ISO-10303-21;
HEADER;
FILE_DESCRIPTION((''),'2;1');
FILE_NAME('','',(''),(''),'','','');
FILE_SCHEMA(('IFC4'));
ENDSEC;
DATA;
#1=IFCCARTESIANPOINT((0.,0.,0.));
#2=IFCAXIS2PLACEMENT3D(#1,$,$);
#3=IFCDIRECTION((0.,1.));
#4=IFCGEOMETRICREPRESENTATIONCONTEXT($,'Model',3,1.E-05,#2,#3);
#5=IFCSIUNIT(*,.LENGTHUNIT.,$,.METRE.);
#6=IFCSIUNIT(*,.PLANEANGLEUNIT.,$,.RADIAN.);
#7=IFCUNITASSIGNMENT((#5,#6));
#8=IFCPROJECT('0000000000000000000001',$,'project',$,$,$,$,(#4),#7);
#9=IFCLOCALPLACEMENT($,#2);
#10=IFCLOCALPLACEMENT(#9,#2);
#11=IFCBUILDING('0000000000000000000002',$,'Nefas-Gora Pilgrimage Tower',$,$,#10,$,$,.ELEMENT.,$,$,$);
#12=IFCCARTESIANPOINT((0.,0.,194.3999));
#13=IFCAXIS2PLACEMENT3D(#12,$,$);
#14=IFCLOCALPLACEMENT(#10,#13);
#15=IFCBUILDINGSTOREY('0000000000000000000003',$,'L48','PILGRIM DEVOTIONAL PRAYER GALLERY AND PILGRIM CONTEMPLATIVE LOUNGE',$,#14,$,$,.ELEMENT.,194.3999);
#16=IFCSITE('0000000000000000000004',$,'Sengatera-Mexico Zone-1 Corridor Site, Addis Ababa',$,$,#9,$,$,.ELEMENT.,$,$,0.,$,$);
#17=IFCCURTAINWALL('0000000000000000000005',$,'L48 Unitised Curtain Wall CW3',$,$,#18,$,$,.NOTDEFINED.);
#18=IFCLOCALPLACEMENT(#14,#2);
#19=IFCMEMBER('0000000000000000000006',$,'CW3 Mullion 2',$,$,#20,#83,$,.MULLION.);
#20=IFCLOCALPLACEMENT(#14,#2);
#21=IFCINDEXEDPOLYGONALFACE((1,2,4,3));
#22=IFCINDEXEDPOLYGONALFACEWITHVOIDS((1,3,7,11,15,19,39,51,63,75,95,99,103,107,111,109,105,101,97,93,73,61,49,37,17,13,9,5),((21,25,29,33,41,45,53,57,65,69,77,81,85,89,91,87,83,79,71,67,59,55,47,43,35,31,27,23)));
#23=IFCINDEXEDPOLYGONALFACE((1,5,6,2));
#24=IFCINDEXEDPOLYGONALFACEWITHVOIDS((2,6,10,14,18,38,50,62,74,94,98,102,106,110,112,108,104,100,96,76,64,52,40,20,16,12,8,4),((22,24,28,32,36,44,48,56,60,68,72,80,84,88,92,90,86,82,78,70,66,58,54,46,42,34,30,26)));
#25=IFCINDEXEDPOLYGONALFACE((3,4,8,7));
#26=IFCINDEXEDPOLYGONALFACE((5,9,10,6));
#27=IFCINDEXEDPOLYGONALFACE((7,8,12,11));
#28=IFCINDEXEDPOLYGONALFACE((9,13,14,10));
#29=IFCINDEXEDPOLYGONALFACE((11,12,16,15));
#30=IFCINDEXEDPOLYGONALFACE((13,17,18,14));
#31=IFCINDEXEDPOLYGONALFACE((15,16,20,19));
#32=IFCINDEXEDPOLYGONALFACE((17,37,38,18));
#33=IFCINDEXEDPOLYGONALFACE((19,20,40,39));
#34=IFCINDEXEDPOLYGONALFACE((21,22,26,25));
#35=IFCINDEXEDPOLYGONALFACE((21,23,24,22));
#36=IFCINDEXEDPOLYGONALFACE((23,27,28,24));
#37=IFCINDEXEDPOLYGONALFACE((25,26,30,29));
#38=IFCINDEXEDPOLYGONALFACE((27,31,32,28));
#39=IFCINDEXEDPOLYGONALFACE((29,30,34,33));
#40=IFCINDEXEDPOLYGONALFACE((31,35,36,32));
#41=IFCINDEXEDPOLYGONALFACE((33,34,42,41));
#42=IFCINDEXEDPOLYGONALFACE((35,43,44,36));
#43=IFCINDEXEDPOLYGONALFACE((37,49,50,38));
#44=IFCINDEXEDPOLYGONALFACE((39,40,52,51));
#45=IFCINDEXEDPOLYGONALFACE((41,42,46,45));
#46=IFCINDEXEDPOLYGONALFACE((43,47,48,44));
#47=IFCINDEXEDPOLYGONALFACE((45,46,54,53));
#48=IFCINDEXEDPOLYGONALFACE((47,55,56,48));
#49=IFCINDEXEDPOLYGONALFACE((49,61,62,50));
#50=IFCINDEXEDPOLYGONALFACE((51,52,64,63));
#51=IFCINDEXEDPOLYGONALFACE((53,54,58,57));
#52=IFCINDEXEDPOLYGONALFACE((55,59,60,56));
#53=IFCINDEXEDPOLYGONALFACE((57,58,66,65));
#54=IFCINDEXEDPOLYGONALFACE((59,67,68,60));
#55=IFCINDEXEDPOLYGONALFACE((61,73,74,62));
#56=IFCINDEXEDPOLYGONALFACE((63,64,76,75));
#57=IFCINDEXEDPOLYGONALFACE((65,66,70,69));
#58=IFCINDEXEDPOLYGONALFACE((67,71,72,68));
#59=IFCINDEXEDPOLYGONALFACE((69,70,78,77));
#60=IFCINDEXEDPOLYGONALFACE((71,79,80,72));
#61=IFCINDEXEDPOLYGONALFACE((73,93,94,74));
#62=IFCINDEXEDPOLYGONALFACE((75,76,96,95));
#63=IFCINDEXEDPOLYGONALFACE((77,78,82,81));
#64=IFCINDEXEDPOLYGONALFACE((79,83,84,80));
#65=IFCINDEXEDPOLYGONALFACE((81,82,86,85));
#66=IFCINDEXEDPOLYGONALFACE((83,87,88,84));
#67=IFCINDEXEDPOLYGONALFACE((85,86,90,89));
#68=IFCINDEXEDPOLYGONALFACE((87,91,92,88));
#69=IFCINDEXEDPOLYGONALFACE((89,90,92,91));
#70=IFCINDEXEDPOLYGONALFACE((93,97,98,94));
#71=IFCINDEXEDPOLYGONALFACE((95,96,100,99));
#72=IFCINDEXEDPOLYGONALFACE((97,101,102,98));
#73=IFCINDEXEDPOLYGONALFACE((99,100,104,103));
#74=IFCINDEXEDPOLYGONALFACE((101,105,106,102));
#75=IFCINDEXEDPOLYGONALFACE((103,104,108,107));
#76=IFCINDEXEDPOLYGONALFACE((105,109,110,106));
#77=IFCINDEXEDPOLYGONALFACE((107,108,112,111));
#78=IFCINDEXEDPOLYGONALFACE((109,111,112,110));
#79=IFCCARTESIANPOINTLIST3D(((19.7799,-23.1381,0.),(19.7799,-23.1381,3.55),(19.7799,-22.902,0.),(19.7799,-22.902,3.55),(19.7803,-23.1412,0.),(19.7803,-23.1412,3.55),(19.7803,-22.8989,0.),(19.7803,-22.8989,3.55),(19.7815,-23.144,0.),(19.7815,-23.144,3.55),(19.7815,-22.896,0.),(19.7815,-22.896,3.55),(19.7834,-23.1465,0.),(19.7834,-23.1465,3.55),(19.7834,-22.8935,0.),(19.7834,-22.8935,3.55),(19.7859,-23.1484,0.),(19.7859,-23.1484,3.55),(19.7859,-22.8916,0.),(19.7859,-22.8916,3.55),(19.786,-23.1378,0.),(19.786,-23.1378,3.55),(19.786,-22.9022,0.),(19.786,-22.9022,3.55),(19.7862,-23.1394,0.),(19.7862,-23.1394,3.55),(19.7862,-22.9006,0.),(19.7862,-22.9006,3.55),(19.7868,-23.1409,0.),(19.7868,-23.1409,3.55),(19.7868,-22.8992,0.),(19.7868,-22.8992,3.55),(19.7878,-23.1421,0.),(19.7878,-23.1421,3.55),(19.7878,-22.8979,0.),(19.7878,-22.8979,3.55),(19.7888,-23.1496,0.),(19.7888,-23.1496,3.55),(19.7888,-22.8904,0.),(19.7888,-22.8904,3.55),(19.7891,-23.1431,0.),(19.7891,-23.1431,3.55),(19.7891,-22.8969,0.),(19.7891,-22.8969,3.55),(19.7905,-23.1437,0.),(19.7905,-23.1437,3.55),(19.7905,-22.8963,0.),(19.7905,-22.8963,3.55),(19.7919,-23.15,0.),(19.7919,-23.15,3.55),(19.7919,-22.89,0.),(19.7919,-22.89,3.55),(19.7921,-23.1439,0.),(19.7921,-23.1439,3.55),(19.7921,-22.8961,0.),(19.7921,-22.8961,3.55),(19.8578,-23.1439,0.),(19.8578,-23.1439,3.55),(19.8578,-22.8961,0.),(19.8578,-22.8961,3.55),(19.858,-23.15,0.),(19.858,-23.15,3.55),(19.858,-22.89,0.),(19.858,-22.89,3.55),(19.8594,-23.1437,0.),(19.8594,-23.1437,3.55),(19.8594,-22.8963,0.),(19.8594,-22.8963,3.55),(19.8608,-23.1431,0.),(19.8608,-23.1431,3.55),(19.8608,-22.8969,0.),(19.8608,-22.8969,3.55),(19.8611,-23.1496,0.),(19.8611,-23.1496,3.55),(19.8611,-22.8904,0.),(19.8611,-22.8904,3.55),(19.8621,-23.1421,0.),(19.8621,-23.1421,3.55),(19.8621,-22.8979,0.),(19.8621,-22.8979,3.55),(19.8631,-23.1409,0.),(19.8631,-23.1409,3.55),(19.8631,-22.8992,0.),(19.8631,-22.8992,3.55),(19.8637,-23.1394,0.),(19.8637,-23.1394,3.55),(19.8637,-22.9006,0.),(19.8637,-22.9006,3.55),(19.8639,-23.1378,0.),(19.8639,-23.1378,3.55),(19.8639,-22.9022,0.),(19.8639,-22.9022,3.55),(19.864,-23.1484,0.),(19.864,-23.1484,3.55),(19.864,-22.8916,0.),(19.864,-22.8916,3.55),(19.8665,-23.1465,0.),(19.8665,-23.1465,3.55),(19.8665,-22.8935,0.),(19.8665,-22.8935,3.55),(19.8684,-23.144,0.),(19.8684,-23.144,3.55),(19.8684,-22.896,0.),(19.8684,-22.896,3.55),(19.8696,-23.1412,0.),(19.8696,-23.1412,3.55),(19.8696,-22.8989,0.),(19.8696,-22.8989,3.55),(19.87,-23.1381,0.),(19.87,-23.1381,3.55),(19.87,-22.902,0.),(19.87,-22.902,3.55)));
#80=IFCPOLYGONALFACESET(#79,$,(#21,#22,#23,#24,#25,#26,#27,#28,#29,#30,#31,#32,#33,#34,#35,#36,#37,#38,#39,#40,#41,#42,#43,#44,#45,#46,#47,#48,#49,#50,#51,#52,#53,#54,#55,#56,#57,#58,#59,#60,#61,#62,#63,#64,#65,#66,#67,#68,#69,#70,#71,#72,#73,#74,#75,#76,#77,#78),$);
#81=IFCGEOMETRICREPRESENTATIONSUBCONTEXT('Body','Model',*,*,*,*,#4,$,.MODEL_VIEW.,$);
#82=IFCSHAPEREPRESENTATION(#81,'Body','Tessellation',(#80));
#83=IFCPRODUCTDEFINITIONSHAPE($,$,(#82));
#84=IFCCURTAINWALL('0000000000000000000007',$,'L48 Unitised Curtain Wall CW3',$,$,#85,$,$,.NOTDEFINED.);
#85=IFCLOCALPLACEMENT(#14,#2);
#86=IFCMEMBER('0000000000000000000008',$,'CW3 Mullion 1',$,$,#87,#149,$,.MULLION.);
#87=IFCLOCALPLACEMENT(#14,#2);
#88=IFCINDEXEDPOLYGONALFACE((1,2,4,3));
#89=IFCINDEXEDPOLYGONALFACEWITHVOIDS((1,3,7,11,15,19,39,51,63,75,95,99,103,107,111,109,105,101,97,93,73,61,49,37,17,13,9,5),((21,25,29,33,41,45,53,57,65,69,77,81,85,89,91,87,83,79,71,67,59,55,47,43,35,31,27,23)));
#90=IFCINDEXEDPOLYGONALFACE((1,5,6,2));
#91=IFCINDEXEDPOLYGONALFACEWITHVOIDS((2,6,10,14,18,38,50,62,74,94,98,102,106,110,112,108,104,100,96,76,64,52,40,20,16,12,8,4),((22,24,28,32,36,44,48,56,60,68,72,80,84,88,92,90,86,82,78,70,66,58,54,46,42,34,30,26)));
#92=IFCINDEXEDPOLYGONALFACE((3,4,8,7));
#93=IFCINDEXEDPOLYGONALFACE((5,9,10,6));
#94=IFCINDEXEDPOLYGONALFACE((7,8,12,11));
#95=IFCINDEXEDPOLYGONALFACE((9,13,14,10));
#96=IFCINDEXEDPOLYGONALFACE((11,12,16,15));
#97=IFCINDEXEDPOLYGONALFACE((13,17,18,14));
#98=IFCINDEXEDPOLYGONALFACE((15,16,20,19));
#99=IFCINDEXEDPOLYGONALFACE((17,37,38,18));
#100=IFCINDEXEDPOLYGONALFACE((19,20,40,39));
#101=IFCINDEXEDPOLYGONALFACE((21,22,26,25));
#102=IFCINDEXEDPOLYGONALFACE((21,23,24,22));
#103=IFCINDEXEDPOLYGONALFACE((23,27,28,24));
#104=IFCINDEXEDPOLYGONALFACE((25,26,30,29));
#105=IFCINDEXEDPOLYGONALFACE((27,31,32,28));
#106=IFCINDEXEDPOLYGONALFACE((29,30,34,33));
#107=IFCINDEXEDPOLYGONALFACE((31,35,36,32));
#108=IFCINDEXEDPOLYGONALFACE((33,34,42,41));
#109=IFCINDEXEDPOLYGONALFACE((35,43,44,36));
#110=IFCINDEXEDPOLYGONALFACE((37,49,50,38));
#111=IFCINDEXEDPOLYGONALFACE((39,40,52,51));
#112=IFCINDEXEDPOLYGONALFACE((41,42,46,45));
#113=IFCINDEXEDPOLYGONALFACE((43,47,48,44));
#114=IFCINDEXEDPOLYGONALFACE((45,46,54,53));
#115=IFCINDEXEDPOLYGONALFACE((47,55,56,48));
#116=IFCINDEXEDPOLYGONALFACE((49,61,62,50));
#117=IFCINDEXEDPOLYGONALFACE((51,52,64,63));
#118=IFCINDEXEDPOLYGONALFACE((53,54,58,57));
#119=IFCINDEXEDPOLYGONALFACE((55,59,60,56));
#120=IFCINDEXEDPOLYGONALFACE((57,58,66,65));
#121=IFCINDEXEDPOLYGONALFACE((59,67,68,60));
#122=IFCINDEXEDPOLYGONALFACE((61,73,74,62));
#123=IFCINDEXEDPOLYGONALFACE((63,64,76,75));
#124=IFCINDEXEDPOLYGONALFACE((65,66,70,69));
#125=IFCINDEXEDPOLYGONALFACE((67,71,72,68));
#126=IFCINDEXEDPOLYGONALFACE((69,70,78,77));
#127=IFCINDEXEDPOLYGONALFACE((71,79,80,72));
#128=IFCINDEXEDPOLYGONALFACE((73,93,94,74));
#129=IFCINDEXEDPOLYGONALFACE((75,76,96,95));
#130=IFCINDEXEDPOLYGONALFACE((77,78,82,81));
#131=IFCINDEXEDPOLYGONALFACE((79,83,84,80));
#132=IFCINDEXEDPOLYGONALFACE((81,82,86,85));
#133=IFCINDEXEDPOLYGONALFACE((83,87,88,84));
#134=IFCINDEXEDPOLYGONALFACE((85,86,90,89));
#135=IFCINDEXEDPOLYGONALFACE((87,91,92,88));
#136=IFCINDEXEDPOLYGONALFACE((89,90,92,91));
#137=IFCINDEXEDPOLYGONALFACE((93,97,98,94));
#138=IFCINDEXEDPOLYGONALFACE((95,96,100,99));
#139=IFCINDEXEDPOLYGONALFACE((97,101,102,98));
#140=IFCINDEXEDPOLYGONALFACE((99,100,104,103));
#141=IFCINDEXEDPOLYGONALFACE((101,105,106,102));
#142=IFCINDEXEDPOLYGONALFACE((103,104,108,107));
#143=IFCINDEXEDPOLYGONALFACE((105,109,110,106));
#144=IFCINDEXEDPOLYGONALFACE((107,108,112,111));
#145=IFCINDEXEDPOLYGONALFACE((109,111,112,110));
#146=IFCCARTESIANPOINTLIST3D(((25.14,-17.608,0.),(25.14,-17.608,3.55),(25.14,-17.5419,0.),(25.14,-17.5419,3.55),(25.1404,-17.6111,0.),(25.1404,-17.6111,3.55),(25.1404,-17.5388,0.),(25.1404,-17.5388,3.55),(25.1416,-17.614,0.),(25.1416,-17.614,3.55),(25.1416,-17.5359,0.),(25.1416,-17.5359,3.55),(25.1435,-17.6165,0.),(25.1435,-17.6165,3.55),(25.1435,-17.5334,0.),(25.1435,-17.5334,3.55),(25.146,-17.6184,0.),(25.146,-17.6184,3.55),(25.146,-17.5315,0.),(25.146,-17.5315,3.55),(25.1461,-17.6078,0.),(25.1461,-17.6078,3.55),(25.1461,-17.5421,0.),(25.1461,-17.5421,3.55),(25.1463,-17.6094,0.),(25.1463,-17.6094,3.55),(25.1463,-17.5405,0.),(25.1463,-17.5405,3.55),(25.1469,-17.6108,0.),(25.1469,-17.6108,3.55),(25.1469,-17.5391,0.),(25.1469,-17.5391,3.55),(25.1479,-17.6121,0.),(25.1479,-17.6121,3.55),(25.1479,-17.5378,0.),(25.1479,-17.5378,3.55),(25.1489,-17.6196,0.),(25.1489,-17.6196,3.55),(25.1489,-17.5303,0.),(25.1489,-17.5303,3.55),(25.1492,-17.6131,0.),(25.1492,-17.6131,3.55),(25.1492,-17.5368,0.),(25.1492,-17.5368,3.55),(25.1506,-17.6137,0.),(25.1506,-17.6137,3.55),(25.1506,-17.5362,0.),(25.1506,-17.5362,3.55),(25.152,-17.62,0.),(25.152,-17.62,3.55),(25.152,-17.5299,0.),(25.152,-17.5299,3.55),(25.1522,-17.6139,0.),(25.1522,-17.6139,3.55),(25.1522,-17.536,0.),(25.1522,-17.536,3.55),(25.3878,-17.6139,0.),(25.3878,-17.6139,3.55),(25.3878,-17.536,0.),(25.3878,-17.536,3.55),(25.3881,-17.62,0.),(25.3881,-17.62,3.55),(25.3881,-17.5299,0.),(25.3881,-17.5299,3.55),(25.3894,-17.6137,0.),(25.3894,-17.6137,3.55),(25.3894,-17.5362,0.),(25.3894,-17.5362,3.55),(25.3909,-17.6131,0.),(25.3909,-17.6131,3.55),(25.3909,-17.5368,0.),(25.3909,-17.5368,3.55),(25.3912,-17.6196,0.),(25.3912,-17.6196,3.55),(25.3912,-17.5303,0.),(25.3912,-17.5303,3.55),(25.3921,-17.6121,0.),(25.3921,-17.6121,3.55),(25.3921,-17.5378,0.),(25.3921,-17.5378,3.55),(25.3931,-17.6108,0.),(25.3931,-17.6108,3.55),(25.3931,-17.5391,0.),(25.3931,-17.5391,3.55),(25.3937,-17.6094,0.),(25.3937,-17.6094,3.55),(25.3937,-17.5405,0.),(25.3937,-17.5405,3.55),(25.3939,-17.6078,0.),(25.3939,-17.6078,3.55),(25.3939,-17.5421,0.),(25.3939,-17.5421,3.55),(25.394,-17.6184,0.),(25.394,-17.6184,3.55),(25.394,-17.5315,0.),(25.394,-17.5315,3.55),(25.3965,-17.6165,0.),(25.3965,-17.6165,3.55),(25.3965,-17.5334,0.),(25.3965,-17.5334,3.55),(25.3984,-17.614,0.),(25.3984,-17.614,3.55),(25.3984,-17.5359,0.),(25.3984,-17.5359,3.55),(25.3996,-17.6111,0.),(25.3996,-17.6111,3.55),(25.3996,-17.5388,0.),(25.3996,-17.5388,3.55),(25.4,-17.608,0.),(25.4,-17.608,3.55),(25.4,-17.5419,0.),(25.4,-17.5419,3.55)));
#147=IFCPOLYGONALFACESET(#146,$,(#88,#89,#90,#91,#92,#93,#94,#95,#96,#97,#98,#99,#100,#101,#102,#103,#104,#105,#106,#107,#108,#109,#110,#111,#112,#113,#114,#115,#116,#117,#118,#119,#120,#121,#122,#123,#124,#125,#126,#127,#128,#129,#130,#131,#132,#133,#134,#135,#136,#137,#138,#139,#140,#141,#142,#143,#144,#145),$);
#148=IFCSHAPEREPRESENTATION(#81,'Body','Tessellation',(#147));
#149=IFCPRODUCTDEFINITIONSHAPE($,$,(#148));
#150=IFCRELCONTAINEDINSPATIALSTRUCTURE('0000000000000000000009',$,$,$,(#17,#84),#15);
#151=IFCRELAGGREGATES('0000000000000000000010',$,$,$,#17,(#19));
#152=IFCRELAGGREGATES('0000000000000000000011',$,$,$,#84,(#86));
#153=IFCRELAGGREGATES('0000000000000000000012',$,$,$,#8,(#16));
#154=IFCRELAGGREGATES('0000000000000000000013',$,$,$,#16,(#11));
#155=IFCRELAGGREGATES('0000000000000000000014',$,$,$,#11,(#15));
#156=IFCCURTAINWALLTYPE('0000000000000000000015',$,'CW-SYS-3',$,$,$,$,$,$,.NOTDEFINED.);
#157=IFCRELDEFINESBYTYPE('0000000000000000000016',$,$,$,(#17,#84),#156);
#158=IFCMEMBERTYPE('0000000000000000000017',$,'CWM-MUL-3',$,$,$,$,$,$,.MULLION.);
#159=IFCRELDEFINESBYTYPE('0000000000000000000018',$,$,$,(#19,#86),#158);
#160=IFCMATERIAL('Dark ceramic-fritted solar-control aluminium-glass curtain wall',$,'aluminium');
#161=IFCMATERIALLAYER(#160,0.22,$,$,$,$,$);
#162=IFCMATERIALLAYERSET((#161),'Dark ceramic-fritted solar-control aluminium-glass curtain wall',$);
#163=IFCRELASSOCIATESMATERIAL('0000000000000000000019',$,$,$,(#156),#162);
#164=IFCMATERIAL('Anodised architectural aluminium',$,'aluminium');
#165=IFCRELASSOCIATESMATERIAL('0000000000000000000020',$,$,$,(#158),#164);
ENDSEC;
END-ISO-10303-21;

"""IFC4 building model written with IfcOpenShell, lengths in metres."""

from ifc_helpers import new_model, si_unit, direction, frame, origin, origin_2d, place, context, subcontext, project, spatial, hollow_rectangle, extrude, source, transform, mapped, material, layer, layer_set, material_profile, profile_set, type_object, element, aggregate, save


model = new_model("IFC4")

# Units and contexts
model_context = context("Model", 3, precision=1e-05, world=origin(), true_north=direction((0.0, 1.0)))
body_context = subcontext(model_context, "Body", "Model", "MODEL_VIEW")
ifc_project = project(units=[si_unit("LENGTHUNIT", "METRE"), si_unit("PLANEANGLEUNIT", "RADIAN")], contexts=[model_context])

# Site, building, storey
site_placement = place(None, origin())
site = spatial("IfcSite", under=ifc_project, at=site_placement, Name="Sengatera-Mexico Zone-1 Corridor Site, Addis Ababa", CompositionType="ELEMENT", RefElevation=0.0)
building_placement = place(site_placement, origin())
building = spatial("IfcBuilding", under=site, at=building_placement, Name="Nefas-Gora Pilgrimage Tower", CompositionType="ELEMENT")
storey_placement = place(building_placement, frame((0.0, 0.0, 194.3999)))
storey = spatial("IfcBuildingStorey", under=building, at=storey_placement, Name="L48", Description="PILGRIM DEVOTIONAL PRAYER GALLERY AND PILGRIM CONTEMPLATIVE LOUNGE", CompositionType="ELEMENT", Elevation=194.3999)

# Curtain walls, members
ifc_material_1 = material(Name="Dark ceramic-fritted solar-control aluminium-glass curtain wall", Category="aluminium")
ifc_layer_1 = layer(ifc_material_1, 0.22)
ifc_layer_set_1 = layer_set([ifc_layer_1], Name="Dark ceramic-fritted solar-control aluminium-glass curtain wall")
curtain_wall_type = type_object("IfcCurtainWallType", Name="CW-SYS-3", PredefinedType="NOTDEFINED", material=ifc_layer_set_1)
curtain_wall_1_placement = place(storey_placement, origin())
curtain_wall_1 = element("IfcCurtainWall", 1, at=curtain_wall_1_placement, inside=storey, type_object=curtain_wall_type, Name="L48 Unitised Curtain Wall CW3", PredefinedType="NOTDEFINED")
ifc_material_2 = material(Name="Anodised architectural aluminium", Category="aluminium")
ifc_material_profile_1 = material_profile(ifc_material_2, hollow_rectangle(XDim=0.0901, YDim=0.26, WallThickness=0.0061, InnerFilletRadius=0.0061, OuterFilletRadius=0.012, at=origin_2d()), Name="ALU MULLION 90x260")
ifc_profile_set_1 = profile_set([ifc_material_profile_1], Name="Anodised architectural aluminium")
member_type_1 = type_object("IfcMemberType", Name="CWM-MUL-3", PredefinedType="MULLION", material=ifc_profile_set_1)
shared_shape_1 = source(origin(), body_context, "Body", "SweptSolid", [
    extrude(hollow_rectangle(XDim=0.0901, YDim=0.26, WallThickness=0.0061, InnerFilletRadius=0.0061, OuterFilletRadius=0.012, at=origin_2d()), origin(), (0.0, 0.0, 1.0), 3.55),
])
member_1_placement = place(storey_placement, frame((19.825, -23.02, 0.0), z_axis=(0.0, 0.0, 1.0), x_axis=(1.0, 0.0, 0.0)))
member_1 = element("IfcMember", 2, at=member_1_placement, type_object=member_type_1, Name="CW3 Mullion 2", PredefinedType="MULLION", context=body_context, shape_type="MappedRepresentation", body=[
    mapped(shared_shape_1, transform((0.0, 0.0, 0.0), x_axis=(1.0, 0.0, 0.0), y_axis=(0.0, 1.0, 0.0), z_axis=(0.0, 0.0, 1.0), scale=1.0)),
])
curtain_wall_2_placement = place(storey_placement, origin())
curtain_wall_2 = element("IfcCurtainWall", 3, at=curtain_wall_2_placement, inside=storey, type_object=curtain_wall_type, Name="L48 Unitised Curtain Wall CW3", PredefinedType="NOTDEFINED")
member_2_placement = place(storey_placement, frame((25.27, -17.575, 0.0), z_axis=(0.0, 0.0, 1.0), x_axis=(0.0, 1.0, 0.0)))
member_2 = element("IfcMember", 4, at=member_2_placement, type_object=member_type_1, Name="CW3 Mullion 1", PredefinedType="MULLION", context=body_context, shape_type="MappedRepresentation", body=[
    mapped(shared_shape_1, transform((0.0, 0.0, 0.0), x_axis=(1.0, 0.0, 0.0), y_axis=(0.0, 1.0, 0.0), z_axis=(0.0, 0.0, 1.0), scale=1.0)),
])

aggregate(curtain_wall_1, [member_1])
aggregate(curtain_wall_2, [member_2])

save(model, "model.ifc")
